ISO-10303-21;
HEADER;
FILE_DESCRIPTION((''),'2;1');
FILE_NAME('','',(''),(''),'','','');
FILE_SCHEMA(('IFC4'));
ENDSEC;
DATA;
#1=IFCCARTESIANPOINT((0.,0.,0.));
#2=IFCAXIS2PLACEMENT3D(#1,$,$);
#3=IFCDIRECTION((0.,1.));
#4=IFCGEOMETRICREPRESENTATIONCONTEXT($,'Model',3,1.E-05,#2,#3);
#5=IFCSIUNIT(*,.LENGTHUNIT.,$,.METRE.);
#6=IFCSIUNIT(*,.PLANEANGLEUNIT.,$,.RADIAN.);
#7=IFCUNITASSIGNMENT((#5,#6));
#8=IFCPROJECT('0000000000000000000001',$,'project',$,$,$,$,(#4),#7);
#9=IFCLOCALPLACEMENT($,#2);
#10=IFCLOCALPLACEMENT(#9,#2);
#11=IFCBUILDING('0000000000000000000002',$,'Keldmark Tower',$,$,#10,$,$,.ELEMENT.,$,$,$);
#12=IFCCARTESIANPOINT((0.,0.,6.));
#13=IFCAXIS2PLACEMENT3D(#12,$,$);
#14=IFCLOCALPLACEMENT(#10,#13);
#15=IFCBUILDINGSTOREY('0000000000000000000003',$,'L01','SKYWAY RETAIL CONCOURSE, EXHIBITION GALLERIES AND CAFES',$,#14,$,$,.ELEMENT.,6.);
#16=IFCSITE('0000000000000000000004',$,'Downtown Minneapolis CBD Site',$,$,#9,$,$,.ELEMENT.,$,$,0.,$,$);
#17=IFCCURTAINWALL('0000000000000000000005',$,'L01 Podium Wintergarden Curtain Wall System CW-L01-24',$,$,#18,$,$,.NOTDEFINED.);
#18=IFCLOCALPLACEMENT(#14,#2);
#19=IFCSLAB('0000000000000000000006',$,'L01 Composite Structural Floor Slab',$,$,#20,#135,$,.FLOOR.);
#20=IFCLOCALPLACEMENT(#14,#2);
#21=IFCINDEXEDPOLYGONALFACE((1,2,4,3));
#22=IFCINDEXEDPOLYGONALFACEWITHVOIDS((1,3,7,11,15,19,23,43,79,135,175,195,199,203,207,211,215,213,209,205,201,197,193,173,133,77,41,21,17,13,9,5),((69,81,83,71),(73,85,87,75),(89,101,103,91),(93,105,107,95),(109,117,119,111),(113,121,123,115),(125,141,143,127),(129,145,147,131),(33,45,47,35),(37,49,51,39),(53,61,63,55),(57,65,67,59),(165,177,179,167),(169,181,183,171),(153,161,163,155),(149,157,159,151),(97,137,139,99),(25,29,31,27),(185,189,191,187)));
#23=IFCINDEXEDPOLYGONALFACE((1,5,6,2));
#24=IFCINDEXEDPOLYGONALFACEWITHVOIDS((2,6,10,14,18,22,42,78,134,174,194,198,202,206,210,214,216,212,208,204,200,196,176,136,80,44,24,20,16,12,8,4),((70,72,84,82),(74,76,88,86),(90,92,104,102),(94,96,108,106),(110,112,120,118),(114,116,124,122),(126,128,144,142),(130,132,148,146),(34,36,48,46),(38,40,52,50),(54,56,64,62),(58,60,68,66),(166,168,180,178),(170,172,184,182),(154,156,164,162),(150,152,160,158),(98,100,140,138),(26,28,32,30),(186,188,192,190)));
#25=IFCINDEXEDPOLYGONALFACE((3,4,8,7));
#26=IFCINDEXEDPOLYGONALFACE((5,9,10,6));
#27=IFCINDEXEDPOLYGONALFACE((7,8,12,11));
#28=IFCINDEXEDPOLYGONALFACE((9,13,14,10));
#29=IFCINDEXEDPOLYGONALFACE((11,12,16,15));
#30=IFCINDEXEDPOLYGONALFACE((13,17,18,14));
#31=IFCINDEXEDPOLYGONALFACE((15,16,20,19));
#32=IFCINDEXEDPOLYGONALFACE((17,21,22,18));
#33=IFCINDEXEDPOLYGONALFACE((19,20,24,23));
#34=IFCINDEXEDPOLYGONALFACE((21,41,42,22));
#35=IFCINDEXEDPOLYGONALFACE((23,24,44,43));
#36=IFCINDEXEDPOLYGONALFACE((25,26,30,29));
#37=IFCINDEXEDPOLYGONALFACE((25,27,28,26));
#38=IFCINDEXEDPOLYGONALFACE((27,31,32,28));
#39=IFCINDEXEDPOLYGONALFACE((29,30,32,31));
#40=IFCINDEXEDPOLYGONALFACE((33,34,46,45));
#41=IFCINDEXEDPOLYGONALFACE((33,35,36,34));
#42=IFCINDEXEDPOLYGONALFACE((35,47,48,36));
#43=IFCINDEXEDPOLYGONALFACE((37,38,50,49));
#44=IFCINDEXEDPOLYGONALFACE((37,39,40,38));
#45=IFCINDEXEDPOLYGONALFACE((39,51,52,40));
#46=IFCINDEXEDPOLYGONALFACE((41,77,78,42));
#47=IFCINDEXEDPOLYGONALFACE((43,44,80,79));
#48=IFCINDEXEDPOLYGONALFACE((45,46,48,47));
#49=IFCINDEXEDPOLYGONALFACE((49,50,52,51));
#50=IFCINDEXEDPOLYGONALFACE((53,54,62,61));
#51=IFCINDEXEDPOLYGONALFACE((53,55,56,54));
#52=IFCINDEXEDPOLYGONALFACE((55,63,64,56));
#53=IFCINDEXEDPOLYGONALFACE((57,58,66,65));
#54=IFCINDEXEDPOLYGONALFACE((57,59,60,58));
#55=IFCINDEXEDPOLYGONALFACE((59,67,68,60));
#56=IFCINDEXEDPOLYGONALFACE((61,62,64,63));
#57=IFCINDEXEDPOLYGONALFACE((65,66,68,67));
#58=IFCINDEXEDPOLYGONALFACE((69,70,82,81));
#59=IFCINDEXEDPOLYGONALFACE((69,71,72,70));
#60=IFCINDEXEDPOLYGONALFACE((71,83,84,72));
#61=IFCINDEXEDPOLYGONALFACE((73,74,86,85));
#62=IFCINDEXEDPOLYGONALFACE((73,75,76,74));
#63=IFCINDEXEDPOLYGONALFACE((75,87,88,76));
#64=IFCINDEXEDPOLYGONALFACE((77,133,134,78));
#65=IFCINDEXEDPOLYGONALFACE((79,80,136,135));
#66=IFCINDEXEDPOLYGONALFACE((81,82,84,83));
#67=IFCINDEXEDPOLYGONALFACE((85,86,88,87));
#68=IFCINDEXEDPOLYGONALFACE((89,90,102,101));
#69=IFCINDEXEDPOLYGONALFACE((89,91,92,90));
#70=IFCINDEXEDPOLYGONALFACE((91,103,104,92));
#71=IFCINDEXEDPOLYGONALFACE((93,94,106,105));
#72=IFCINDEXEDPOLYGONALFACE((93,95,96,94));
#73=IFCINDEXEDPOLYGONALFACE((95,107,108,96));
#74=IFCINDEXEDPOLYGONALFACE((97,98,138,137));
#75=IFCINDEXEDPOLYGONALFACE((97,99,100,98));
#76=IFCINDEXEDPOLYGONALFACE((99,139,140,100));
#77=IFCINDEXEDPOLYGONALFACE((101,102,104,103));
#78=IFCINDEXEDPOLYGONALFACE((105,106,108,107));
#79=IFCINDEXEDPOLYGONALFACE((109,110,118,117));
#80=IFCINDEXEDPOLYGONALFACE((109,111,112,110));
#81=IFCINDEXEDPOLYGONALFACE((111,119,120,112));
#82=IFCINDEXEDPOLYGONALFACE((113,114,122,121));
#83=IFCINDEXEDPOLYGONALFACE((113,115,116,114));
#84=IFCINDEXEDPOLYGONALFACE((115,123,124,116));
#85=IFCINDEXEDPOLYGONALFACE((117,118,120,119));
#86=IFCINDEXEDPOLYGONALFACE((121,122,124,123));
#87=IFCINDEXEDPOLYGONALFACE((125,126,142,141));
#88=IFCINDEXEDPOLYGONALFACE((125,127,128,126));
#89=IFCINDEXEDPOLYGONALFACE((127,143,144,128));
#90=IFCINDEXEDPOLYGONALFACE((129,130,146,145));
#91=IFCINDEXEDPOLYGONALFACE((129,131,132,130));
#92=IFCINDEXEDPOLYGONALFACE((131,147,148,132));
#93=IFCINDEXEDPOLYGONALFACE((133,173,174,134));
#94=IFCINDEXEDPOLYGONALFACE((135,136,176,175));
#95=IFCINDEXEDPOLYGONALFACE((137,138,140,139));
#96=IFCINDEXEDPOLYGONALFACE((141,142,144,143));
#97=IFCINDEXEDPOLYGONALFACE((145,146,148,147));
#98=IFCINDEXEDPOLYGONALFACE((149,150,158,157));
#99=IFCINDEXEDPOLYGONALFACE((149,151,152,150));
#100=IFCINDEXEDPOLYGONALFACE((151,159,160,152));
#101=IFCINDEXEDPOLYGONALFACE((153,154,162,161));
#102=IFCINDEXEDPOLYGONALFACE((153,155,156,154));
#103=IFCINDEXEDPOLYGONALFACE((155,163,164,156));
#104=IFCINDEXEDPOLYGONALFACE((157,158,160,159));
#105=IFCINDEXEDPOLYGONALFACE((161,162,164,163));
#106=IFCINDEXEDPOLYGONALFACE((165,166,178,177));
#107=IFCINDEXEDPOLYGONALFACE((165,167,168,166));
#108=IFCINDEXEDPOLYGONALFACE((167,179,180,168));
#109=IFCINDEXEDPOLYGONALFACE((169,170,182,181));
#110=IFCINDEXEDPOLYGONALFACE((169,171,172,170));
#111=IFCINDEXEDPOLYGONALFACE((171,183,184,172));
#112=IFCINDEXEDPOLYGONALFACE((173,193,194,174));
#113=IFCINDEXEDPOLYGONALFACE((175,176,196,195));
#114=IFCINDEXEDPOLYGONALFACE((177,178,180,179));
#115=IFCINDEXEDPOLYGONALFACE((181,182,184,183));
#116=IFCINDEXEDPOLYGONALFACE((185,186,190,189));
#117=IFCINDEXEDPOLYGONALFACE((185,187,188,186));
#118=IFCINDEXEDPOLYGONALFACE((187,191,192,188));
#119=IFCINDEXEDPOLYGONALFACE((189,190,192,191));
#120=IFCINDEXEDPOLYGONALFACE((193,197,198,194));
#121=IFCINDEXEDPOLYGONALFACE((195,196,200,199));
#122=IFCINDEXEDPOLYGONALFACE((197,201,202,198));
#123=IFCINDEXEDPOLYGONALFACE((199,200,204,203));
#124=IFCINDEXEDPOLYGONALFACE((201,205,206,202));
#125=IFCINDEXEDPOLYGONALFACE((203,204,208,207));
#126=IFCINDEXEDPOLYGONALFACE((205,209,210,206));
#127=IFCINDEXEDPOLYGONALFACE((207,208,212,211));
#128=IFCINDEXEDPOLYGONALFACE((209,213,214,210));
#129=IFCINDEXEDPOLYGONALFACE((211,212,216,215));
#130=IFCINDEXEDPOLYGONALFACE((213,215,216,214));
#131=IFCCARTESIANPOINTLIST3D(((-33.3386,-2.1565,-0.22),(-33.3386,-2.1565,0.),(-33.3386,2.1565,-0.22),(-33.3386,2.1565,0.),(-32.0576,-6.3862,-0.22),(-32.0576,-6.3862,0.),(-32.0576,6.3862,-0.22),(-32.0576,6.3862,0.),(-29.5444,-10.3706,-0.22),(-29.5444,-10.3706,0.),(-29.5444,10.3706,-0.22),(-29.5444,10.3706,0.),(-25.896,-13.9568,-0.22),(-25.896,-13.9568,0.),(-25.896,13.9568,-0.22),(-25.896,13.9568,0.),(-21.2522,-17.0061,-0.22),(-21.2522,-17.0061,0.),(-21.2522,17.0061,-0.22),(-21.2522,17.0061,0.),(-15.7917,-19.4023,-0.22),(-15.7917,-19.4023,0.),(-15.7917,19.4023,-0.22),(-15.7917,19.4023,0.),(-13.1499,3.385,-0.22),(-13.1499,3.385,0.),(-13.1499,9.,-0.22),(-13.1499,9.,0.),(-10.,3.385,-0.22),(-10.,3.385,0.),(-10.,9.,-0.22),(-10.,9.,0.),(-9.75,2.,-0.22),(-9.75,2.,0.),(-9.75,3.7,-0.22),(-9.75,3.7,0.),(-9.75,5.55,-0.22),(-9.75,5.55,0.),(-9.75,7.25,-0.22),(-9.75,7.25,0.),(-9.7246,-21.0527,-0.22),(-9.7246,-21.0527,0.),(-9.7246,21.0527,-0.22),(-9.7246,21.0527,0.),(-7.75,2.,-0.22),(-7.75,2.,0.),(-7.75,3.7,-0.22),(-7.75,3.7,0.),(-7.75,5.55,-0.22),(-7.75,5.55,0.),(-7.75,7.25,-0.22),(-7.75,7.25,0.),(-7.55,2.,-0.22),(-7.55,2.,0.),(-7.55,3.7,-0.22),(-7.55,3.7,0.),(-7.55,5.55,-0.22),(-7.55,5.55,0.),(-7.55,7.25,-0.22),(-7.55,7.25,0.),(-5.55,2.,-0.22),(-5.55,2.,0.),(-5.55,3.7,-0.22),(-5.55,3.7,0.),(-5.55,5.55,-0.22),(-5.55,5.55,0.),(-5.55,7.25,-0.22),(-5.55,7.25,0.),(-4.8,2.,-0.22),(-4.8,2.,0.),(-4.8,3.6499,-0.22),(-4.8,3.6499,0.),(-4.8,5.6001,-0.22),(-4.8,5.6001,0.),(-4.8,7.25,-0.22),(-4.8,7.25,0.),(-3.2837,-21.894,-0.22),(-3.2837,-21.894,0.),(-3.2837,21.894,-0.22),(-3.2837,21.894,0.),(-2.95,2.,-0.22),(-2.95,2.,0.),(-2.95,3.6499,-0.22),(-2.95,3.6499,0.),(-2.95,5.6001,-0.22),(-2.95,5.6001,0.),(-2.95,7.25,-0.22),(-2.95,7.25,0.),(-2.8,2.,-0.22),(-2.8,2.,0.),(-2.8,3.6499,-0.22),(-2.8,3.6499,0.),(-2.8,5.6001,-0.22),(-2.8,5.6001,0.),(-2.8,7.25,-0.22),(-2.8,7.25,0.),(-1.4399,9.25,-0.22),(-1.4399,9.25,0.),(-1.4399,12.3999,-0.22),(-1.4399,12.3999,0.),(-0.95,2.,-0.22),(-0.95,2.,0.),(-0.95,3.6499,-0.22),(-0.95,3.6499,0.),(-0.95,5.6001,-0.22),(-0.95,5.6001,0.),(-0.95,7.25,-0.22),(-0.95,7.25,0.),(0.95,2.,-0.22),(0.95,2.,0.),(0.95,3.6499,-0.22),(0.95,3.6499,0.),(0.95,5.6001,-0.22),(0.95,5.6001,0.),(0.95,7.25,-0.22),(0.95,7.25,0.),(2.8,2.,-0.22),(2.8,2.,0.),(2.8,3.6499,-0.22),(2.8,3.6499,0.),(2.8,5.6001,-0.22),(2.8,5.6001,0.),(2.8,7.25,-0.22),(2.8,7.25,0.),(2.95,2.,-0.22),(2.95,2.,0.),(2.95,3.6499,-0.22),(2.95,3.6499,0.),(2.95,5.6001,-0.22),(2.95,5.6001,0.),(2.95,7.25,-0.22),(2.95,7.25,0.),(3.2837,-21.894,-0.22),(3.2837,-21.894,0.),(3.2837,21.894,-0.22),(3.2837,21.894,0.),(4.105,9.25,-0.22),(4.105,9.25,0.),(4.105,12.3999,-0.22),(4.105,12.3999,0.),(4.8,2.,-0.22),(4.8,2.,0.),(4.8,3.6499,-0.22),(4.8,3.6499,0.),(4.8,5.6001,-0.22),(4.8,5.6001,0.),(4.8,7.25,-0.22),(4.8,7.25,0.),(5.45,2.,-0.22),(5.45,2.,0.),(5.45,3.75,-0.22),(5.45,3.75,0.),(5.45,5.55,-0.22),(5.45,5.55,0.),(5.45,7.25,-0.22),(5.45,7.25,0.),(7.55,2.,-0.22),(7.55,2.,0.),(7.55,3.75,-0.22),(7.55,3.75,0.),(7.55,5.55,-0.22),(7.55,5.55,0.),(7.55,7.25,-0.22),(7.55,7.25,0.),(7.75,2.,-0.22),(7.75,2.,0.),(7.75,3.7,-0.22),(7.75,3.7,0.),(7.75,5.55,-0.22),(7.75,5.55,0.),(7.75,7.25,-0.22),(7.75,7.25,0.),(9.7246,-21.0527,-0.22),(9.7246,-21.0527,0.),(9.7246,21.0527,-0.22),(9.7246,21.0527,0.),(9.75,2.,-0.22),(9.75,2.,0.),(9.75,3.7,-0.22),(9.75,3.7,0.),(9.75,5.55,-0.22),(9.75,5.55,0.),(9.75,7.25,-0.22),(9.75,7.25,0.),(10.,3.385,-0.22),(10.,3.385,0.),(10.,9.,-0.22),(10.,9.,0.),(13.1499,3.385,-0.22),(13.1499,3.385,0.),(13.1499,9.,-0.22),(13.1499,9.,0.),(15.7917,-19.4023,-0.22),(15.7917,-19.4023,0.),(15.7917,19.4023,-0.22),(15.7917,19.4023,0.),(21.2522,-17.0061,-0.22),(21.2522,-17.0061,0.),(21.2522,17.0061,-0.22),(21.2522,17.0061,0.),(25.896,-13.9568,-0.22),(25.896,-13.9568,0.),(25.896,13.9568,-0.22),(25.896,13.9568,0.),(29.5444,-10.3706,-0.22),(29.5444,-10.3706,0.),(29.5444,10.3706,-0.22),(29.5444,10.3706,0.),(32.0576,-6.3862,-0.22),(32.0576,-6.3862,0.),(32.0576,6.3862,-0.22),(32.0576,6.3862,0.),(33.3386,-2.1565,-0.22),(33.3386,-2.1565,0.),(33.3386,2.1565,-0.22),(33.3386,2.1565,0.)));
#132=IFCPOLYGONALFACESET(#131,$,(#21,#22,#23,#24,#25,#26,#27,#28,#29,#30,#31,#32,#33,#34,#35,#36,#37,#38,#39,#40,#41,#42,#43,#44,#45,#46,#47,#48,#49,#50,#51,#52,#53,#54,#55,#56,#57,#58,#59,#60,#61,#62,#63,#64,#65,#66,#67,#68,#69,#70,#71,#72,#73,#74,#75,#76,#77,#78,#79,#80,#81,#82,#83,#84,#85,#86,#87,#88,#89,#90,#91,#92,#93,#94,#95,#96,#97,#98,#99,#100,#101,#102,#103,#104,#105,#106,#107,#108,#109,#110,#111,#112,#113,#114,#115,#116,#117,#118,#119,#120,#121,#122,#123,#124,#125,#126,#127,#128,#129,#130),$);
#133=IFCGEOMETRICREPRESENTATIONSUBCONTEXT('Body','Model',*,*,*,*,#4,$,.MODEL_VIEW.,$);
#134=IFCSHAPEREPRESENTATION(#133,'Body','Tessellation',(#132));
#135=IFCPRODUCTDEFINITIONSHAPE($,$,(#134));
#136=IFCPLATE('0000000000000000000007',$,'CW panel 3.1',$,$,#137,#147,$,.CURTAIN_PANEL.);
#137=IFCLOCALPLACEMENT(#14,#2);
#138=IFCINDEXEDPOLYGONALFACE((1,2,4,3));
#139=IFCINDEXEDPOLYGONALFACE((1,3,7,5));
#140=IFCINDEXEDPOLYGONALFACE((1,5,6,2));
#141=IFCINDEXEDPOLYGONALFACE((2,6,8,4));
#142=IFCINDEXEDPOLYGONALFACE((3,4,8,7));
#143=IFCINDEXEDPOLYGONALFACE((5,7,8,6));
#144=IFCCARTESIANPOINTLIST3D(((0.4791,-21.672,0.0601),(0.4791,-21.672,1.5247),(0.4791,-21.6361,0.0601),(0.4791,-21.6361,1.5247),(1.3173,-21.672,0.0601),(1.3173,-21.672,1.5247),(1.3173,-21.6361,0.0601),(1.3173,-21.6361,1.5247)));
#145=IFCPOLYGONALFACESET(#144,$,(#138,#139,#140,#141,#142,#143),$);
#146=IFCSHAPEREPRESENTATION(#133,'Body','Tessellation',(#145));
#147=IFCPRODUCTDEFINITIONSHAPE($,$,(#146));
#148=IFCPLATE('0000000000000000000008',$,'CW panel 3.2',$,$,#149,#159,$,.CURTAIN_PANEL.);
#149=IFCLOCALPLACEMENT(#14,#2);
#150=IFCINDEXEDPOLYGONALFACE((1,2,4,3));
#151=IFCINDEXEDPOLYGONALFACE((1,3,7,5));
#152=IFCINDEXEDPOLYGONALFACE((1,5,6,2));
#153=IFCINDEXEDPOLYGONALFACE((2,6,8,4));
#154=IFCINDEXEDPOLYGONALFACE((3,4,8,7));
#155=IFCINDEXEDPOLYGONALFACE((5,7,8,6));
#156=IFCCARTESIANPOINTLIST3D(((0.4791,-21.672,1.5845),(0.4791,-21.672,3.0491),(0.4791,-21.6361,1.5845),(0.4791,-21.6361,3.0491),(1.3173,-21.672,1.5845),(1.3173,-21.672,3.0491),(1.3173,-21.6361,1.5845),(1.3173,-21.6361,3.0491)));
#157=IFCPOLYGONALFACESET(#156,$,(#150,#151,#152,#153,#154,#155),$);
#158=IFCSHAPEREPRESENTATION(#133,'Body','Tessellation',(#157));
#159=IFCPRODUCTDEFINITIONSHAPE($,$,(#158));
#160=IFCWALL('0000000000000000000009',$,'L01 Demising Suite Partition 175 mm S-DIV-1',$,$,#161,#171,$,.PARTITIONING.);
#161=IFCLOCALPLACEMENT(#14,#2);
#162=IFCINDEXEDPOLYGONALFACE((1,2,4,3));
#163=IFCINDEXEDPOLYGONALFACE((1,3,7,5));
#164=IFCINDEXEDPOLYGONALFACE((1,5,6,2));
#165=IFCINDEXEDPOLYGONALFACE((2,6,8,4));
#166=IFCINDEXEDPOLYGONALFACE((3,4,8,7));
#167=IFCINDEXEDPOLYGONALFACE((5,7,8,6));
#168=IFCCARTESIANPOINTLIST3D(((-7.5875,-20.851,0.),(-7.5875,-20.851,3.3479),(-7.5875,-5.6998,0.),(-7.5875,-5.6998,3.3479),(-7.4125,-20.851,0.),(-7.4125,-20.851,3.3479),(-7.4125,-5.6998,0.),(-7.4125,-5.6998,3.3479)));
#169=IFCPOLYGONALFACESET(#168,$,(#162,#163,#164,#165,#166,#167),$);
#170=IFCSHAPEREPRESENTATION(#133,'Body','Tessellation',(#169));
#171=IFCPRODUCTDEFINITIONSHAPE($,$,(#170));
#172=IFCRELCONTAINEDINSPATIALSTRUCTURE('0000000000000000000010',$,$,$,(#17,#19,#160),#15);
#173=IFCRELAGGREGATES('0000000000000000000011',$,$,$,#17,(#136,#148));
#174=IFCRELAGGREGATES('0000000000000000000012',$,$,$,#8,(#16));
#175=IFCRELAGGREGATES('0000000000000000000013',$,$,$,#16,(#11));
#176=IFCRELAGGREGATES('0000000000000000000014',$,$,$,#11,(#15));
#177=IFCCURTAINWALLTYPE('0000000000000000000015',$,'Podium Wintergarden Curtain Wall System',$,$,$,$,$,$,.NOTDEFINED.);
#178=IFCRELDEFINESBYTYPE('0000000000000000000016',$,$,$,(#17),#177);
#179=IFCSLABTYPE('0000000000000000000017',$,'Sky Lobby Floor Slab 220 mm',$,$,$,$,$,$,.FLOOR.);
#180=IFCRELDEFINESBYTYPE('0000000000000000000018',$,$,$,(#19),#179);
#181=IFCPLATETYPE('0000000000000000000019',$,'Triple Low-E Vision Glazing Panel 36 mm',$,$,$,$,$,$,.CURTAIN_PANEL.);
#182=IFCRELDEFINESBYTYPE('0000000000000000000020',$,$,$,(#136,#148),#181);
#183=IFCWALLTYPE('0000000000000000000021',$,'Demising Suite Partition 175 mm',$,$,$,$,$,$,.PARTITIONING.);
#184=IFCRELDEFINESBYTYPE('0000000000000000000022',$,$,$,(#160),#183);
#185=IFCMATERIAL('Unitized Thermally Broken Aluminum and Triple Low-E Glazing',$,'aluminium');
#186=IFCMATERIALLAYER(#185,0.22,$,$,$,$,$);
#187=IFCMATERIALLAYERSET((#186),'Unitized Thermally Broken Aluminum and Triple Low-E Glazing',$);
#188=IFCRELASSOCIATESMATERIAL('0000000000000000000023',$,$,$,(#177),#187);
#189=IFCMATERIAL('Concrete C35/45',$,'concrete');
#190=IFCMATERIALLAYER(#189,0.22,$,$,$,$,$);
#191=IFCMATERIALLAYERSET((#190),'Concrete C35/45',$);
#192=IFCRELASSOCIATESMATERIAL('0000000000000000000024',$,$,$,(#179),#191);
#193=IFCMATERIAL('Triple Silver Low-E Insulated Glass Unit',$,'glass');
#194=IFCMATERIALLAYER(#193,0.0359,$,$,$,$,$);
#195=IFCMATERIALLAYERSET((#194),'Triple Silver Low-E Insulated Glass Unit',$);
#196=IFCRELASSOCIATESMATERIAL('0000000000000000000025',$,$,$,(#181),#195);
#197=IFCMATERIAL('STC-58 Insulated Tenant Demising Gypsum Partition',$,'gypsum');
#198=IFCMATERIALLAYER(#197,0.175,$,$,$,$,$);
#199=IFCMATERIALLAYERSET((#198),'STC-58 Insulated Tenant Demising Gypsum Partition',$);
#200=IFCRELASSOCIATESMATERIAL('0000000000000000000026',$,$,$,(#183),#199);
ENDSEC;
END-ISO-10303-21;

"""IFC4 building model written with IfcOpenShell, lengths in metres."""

from ifc_helpers import new_model, si_unit, direction, frame, frame_2d, origin, origin_2d, place, context, subcontext, project, spatial, polyline, rectangle, outline, extrude, material, layer, layer_set, type_object, element, aggregate, save


model = new_model("IFC4")

# Units and contexts
model_context = context("Model", 3, precision=1e-05, world=origin(), true_north=direction((0.0, 1.0)))
body_context = subcontext(model_context, "Body", "Model", "MODEL_VIEW")
ifc_project = project(units=[si_unit("LENGTHUNIT", "METRE"), si_unit("PLANEANGLEUNIT", "RADIAN")], contexts=[model_context])

# Site, building, storey
site_placement = place(None, origin())
site = spatial("IfcSite", under=ifc_project, at=site_placement, Name="Downtown Minneapolis CBD Site", CompositionType="ELEMENT", RefElevation=0.0)
building_placement = place(site_placement, origin())
building = spatial("IfcBuilding", under=site, at=building_placement, Name="Keldmark Tower", CompositionType="ELEMENT")
storey_placement = place(building_placement, frame((0.0, 0.0, 6.0)))
storey = spatial("IfcBuildingStorey", under=building, at=storey_placement, Name="L01", Description="SKYWAY RETAIL CONCOURSE, EXHIBITION GALLERIES AND CAFES", CompositionType="ELEMENT", Elevation=6.0)

# Curtain wall
ifc_material_1 = material(Name="Unitized Thermally Broken Aluminum and Triple Low-E Glazing", Category="aluminium")
ifc_layer_1 = layer(ifc_material_1, 0.22)
ifc_layer_set_1 = layer_set([ifc_layer_1], Name="Unitized Thermally Broken Aluminum and Triple Low-E Glazing")
curtain_wall_type = type_object("IfcCurtainWallType", Name="Podium Wintergarden Curtain Wall System", PredefinedType="NOTDEFINED", material=ifc_layer_set_1)
curtain_wall_placement = place(storey_placement, origin())
curtain_wall = element("IfcCurtainWall", 1, at=curtain_wall_placement, inside=storey, type_object=curtain_wall_type, Name="L01 Podium Wintergarden Curtain Wall System CW-L01-24", PredefinedType="NOTDEFINED")

# Slab
ifc_material_2 = material(Name="Concrete C35/45", Category="concrete")
ifc_layer_2 = layer(ifc_material_2, 0.22)
ifc_layer_set_2 = layer_set([ifc_layer_2], Name="Concrete C35/45")
slab_type_1 = type_object("IfcSlabType", Name="Sky Lobby Floor Slab 220 mm", PredefinedType="FLOOR", material=ifc_layer_set_2)
slab_1_placement = place(storey_placement, frame((0.0, 0.0, -0.22)))
element("IfcSlab", 2, at=slab_1_placement, inside=storey, type_object=slab_type_1, Name="L01 Composite Structural Floor Slab", PredefinedType="FLOOR", context=body_context, shape_type="SweptSolid", body=[
    extrude(outline(polyline([(33.3386, 2.1565), (32.0576, 6.3862), (29.5444, 10.3706), (25.896, 13.9568), (21.2522, 17.0061), (15.7917, 19.4023), (9.7246, 21.0527), (3.2837, 21.894), (-3.2837, 21.894), (-9.7246, 21.0527), (-15.7917, 19.4023), (-21.2522, 17.0061), (-25.896, 13.9568), (-29.5444, 10.3706), (-32.0576, 6.3862), (-33.3386, 2.1565), (-33.3386, -2.1565), (-32.0576, -6.3862), (-29.5444, -10.3706), (-25.896, -13.9568), (-21.2522, -17.0061), (-15.7917, -19.4023), (-9.7246, -21.0527), (-3.2837, -21.894), (3.2837, -21.894), (9.7246, -21.0527), (15.7917, -19.4023), (21.2522, -17.0061), (25.896, -13.9568), (29.5444, -10.3706), (32.0576, -6.3862), (33.3386, -2.1565), (33.3386, 2.1565)]), holes=[polyline([(-10.0, 3.385), (-10.0, 9.0), (-13.1499, 9.0), (-13.1499, 3.385), (-10.0, 3.385)]), polyline([(13.1499, 3.385), (13.1499, 9.0), (10.0, 9.0), (10.0, 3.385), (13.1499, 3.385)]), polyline([(-1.4399, 9.25), (4.105, 9.25), (4.105, 12.3999), (-1.4399, 12.3999), (-1.4399, 9.25)]), polyline([(-9.75, 2.0), (-7.75, 2.0), (-7.75, 3.7), (-9.75, 3.7), (-9.75, 2.0)]), polyline([(7.75, 2.0), (9.75, 2.0), (9.75, 3.7), (7.75, 3.7), (7.75, 2.0)]), polyline([(5.45, 2.0), (7.55, 2.0), (7.55, 3.75), (5.45, 3.75), (5.45, 2.0)]), polyline([(-4.8, 2.0), (-2.95, 2.0), (-2.95, 3.6499), (-4.8, 3.6499), (-4.8, 2.0)]), polyline([(-2.8, 2.0), (-0.95, 2.0), (-0.95, 3.6499), (-2.8, 3.6499), (-2.8, 2.0)]), polyline([(0.95, 2.0), (2.8, 2.0), (2.8, 3.6499), (0.95, 3.6499), (0.95, 2.0)]), polyline([(2.95, 2.0), (4.8, 2.0), (4.8, 3.6499), (2.95, 3.6499), (2.95, 2.0)]), polyline([(-4.8, 5.6001), (-2.95, 5.6001), (-2.95, 7.25), (-4.8, 7.25), (-4.8, 5.6001)]), polyline([(-2.8, 5.6001), (-0.95, 5.6001), (-0.95, 7.25), (-2.8, 7.25), (-2.8, 5.6001)]), polyline([(0.95, 5.6001), (2.8, 5.6001), (2.8, 7.25), (0.95, 7.25), (0.95, 5.6001)]), polyline([(2.95, 5.6001), (4.8, 5.6001), (4.8, 7.25), (2.95, 7.25), (2.95, 5.6001)]), polyline([(-9.75, 5.55), (-7.75, 5.55), (-7.75, 7.25), (-9.75, 7.25), (-9.75, 5.55)]), polyline([(-7.55, 5.55), (-5.55, 5.55), (-5.55, 7.25), (-7.55, 7.25), (-7.55, 5.55)]), polyline([(-7.55, 2.0), (-5.55, 2.0), (-5.55, 3.7), (-7.55, 3.7), (-7.55, 2.0)]), polyline([(5.45, 5.55), (7.55, 5.55), (7.55, 7.25), (5.45, 7.25), (5.45, 5.55)]), polyline([(7.75, 5.55), (9.75, 5.55), (9.75, 7.25), (7.75, 7.25), (7.75, 5.55)])]), origin(), (0.0, 0.0, 1.0), 0.22),
])

# Plates
ifc_material_3 = material(Name="Triple Silver Low-E Insulated Glass Unit", Category="glass")
ifc_layer_3 = layer(ifc_material_3, 0.0359)
ifc_layer_set_3 = layer_set([ifc_layer_3], Name="Triple Silver Low-E Insulated Glass Unit")
plate_type_1 = type_object("IfcPlateType", Name="Triple Low-E Vision Glazing Panel 36 mm", PredefinedType="CURTAIN_PANEL", material=ifc_layer_set_3)
plate_1_placement = place(storey_placement, frame((0.8982, -21.6541, 0.0601), z_axis=(0.0, 0.0, 1.0), x_axis=(-1.0, 0.0, 0.0)))
plate_1 = element("IfcPlate", 3, at=plate_1_placement, type_object=plate_type_1, Name="CW panel 3.1", PredefinedType="CURTAIN_PANEL", context=body_context, shape_type="SweptSolid", body=[
    extrude(rectangle(XDim=0.8381, YDim=0.0359, at=origin_2d()), origin(), (0.0, 0.0, 1.0), 1.4646),
])
plate_2_placement = place(storey_placement, frame((0.8982, -21.6541, 1.5845), z_axis=(0.0, 0.0, 1.0), x_axis=(-1.0, 0.0, 0.0)))
plate_2 = element("IfcPlate", 4, at=plate_2_placement, type_object=plate_type_1, Name="CW panel 3.2", PredefinedType="CURTAIN_PANEL", context=body_context, shape_type="SweptSolid", body=[
    extrude(rectangle(XDim=0.8381, YDim=0.0359, at=origin_2d()), origin(), (0.0, 0.0, 1.0), 1.4646),
])
aggregate(curtain_wall, [plate_1, plate_2])

# Wall
ifc_material_4 = material(Name="STC-58 Insulated Tenant Demising Gypsum Partition", Category="gypsum")
ifc_layer_4 = layer(ifc_material_4, 0.175)
ifc_layer_set_4 = layer_set([ifc_layer_4], Name="STC-58 Insulated Tenant Demising Gypsum Partition")
wall_type_1 = type_object("IfcWallType", Name="Demising Suite Partition 175 mm", PredefinedType="PARTITIONING", material=ifc_layer_set_4)
wall_1_placement = place(storey_placement, frame((-7.5, -20.8511, 0.0), z_axis=(0.0, 0.0, 1.0), x_axis=(0.0, 1.0, 0.0)))
element("IfcWall", 5, at=wall_1_placement, inside=storey, type_object=wall_type_1, Name="L01 Demising Suite Partition 175 mm S-DIV-1", PredefinedType="PARTITIONING", context=body_context, shape_type="SweptSolid", body=[
    extrude(rectangle(XDim=15.1511, YDim=0.175, at=frame_2d((7.5757, 0.0))), origin(), (0.0, 0.0, 1.0), 3.3479),
])

save(model, "model.ifc")
